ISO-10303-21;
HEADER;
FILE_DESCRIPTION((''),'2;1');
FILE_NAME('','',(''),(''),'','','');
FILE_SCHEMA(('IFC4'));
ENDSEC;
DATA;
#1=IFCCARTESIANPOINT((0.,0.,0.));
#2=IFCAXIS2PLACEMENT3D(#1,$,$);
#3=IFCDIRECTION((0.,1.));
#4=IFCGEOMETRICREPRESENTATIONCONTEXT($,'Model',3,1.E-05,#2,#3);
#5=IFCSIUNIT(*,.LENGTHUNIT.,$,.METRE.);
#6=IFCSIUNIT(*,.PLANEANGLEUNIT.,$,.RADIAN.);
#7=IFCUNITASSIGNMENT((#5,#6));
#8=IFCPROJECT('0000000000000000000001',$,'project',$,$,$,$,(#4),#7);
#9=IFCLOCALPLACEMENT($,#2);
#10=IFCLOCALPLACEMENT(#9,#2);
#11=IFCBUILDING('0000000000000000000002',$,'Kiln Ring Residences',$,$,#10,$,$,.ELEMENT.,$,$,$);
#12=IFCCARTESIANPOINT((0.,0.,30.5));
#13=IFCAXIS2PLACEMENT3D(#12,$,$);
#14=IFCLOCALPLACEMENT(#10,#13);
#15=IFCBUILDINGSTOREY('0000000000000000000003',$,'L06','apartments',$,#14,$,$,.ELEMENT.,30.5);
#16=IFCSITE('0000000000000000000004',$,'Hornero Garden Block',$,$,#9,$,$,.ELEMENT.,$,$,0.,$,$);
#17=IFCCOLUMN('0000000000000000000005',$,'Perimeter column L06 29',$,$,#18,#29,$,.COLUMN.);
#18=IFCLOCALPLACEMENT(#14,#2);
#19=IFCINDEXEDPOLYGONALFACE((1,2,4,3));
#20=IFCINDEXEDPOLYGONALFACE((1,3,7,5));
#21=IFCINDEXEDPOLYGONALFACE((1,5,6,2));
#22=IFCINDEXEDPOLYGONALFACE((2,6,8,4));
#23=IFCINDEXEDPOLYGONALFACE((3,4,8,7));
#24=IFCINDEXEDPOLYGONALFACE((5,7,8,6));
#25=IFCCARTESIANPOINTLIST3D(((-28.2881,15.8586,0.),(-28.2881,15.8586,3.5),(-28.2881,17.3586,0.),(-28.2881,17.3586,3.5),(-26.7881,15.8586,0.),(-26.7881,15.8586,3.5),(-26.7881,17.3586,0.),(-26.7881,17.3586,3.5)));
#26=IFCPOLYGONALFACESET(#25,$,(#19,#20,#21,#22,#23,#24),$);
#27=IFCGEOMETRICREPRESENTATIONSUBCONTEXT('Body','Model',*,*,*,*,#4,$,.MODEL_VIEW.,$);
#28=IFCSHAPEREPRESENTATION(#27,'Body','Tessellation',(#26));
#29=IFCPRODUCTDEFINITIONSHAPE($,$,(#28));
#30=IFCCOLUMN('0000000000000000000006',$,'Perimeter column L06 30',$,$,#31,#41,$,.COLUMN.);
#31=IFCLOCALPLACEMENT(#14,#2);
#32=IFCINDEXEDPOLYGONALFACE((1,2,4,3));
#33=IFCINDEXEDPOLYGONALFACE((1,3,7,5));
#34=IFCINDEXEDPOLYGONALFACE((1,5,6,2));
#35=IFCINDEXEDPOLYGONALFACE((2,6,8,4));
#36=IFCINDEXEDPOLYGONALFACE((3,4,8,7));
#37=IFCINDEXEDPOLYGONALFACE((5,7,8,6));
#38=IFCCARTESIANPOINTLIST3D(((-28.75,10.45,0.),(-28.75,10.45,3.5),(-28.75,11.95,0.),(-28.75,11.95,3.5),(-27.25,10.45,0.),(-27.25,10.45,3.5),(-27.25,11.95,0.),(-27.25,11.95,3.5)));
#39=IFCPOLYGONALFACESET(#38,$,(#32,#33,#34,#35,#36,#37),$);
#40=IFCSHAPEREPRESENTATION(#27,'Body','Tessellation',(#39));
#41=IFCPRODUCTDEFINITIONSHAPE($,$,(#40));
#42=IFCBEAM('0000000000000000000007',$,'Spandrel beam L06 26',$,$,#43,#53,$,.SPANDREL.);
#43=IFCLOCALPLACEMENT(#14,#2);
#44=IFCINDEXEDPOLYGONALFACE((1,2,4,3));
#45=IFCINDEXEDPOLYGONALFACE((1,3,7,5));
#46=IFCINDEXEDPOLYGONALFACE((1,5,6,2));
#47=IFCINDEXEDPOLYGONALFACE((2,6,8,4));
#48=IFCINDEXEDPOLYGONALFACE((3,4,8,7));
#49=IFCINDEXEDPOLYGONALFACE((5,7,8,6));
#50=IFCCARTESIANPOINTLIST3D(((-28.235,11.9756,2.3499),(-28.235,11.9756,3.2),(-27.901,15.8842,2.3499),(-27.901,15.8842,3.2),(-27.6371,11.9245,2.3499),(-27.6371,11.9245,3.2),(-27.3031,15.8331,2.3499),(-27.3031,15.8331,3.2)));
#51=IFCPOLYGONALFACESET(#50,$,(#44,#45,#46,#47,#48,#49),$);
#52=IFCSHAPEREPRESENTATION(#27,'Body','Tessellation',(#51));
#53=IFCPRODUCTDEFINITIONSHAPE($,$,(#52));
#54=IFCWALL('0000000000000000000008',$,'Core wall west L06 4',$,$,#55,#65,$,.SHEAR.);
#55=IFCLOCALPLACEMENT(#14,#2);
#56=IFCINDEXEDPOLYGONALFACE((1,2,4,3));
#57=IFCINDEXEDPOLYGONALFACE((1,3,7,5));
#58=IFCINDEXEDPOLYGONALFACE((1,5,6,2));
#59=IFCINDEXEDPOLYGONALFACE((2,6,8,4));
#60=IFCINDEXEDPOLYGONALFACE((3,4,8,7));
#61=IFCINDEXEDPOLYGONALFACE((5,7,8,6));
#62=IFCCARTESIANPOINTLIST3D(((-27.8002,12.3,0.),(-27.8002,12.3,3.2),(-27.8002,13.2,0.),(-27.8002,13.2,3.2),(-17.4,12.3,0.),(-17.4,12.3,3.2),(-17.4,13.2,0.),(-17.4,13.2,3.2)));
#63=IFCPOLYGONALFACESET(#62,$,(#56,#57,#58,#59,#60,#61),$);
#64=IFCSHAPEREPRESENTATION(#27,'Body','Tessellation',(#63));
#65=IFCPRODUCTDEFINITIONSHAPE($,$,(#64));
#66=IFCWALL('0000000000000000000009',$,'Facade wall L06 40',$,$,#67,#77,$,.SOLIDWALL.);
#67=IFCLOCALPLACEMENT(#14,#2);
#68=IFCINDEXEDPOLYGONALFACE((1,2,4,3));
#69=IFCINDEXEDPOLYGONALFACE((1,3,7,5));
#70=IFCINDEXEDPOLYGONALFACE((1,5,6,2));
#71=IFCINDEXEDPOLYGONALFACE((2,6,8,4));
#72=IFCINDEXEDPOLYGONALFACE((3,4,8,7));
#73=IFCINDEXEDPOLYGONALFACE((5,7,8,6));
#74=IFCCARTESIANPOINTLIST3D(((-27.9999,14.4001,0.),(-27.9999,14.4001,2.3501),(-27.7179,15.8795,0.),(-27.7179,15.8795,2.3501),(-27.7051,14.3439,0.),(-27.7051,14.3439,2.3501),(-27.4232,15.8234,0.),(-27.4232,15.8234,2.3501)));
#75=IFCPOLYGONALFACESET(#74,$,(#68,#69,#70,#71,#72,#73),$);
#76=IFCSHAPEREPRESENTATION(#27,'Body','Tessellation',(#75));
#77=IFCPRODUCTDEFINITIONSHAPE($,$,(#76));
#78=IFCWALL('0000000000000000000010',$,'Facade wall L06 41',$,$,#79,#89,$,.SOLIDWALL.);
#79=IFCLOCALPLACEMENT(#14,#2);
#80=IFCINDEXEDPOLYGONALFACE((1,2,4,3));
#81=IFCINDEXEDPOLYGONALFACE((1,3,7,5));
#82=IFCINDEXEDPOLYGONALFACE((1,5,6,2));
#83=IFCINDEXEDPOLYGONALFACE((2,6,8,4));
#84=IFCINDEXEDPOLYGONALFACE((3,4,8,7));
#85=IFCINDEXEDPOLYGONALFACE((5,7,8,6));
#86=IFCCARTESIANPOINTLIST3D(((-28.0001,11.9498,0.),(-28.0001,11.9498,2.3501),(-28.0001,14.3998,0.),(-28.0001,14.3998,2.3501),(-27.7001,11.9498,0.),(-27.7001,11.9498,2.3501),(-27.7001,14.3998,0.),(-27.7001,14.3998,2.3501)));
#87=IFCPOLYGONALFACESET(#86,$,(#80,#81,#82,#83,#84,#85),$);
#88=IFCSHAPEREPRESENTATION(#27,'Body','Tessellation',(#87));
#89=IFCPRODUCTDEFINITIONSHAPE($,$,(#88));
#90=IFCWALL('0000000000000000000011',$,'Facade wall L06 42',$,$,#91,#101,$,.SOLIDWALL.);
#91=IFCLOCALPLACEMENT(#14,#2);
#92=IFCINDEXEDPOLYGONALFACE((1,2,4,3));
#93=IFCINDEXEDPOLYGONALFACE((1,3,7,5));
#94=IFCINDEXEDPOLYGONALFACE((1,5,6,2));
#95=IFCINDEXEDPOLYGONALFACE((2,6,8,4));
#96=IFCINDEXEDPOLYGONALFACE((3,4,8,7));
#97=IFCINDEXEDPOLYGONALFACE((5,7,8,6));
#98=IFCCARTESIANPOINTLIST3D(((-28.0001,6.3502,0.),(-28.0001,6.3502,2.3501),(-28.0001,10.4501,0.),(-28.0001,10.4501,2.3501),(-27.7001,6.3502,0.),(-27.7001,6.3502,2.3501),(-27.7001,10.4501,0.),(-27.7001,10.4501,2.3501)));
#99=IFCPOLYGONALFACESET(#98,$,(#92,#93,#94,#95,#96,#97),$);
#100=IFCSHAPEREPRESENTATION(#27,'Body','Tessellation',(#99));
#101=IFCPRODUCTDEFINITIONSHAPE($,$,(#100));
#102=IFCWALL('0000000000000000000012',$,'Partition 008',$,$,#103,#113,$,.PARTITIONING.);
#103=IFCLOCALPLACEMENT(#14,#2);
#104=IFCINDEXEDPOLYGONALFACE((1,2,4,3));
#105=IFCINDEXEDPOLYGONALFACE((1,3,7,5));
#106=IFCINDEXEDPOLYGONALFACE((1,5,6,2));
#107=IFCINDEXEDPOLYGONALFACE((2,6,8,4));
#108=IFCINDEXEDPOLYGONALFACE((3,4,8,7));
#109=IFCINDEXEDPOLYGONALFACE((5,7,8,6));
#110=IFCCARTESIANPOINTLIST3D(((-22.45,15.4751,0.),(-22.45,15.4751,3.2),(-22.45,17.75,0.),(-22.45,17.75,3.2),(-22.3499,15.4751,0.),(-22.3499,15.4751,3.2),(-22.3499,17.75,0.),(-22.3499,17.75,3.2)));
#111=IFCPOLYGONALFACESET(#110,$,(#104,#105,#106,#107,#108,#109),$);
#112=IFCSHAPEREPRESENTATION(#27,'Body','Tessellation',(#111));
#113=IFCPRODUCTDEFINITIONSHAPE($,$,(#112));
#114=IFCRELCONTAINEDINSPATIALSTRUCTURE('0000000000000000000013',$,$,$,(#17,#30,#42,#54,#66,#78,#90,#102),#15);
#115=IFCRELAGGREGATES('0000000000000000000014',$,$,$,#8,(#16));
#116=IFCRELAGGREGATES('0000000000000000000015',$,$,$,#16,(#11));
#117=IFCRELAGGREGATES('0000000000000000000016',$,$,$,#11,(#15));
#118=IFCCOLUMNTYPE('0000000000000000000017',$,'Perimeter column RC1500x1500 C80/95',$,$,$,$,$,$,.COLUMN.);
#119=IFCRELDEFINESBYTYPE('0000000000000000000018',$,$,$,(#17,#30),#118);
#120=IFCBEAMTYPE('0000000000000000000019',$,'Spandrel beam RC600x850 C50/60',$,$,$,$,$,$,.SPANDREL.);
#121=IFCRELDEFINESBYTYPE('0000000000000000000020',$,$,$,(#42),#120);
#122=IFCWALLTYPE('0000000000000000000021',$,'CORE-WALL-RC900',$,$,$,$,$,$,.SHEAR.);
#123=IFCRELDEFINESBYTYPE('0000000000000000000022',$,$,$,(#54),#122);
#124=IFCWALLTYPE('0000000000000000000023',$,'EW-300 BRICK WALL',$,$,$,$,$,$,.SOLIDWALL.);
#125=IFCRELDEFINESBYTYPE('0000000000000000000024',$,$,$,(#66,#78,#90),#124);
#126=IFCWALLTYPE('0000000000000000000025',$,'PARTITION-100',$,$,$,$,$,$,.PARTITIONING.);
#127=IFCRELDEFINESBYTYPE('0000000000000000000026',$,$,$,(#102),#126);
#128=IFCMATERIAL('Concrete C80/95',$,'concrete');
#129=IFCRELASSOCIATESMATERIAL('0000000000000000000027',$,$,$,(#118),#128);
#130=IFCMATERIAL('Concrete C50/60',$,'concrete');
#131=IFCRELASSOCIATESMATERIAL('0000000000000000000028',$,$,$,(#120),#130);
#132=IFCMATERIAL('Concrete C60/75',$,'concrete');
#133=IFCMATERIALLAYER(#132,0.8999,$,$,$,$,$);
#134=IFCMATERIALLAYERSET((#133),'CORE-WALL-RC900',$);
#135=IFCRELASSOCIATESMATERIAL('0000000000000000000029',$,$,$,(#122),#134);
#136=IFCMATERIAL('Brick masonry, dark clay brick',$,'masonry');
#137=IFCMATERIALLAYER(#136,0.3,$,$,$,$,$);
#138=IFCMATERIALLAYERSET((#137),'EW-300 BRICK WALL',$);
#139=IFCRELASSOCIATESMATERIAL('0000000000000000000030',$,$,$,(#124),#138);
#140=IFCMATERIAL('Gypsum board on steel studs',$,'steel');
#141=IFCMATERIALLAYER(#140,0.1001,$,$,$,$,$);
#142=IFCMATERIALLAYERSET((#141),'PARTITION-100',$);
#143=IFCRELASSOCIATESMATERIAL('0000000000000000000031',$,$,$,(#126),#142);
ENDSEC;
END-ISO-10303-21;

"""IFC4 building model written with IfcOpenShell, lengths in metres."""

from ifc_helpers import new_model, si_unit, direction, frame, frame_2d, origin, origin_2d, place, context, subcontext, project, spatial, rectangle, extrude, material, layer, layer_set, material_profile, profile_set, type_object, element, save


model = new_model("IFC4")

# Units and contexts
model_context = context("Model", 3, precision=1e-05, world=origin(), true_north=direction((0.0, 1.0)))
body_context = subcontext(model_context, "Body", "Model", "MODEL_VIEW")
ifc_project = project(units=[si_unit("LENGTHUNIT", "METRE"), si_unit("PLANEANGLEUNIT", "RADIAN")], contexts=[model_context])

# Site, building, storey
site_placement = place(None, origin())
site = spatial("IfcSite", under=ifc_project, at=site_placement, Name="Hornero Garden Block", CompositionType="ELEMENT", RefElevation=0.0)
building_placement = place(site_placement, origin())
building = spatial("IfcBuilding", under=site, at=building_placement, Name="Kiln Ring Residences", CompositionType="ELEMENT")
storey_placement = place(building_placement, frame((0.0, 0.0, 30.5)))
storey = spatial("IfcBuildingStorey", under=building, at=storey_placement, Name="L06", Description="apartments", CompositionType="ELEMENT", Elevation=30.5)

# Columns
ifc_material_1 = material(Name="Concrete C80/95", Category="concrete")
ifc_material_profile_1 = material_profile(ifc_material_1, rectangle(XDim=1.5, YDim=1.5, at=origin_2d()), Name="RC1500x1500")
ifc_profile_set_1 = profile_set([ifc_material_profile_1], Name="Concrete C80/95")
column_type = type_object("IfcColumnType", Name="Perimeter column RC1500x1500 C80/95", PredefinedType="COLUMN", material=ifc_profile_set_1)
for number, where, z_axis, x_axis, name in (
    (1, (-27.5381, 16.6086, 0.0), (0.0, 0.0, 1.0), (1.0, 0.0, 0.0), "Perimeter column L06 29"),
    (2, (-28.0, 11.2, 0.0), (0.0, 0.0, 1.0), (1.0, 0.0, 0.0), "Perimeter column L06 30"),
):
    element("IfcColumn", number, at=place(storey_placement, frame(where, z_axis=z_axis, x_axis=x_axis)), inside=storey, type_object=column_type, Name=name, PredefinedType="COLUMN", context=body_context, shape_type="SweptSolid", body=[
        extrude(rectangle(XDim=1.5, YDim=1.5, at=origin_2d()), origin(), (0.0, 0.0, 1.0), 3.5),
    ])

# Beam
ifc_material_2 = material(Name="Concrete C50/60", Category="concrete")
ifc_material_profile_2 = material_profile(ifc_material_2, rectangle(XDim=0.6001, YDim=0.8501, at=origin_2d()), Name="RC600x850")
ifc_profile_set_2 = profile_set([ifc_material_profile_2], Name="Concrete C50/60")
beam_type = type_object("IfcBeamType", Name="Spandrel beam RC600x850 C50/60", PredefinedType="SPANDREL", material=ifc_profile_set_2)
beam_placement = place(storey_placement, frame((-27.6021, 15.8586, 2.7749), z_axis=(-0.085136, -0.996369, 0.0), x_axis=(0.996369, -0.085136, 0.0)))
element("IfcBeam", 3, at=beam_placement, inside=storey, type_object=beam_type, Name="Spandrel beam L06 26", PredefinedType="SPANDREL", context=body_context, shape_type="SweptSolid", body=[
    extrude(rectangle(XDim=0.6001, YDim=0.8501, at=origin_2d()), origin(), (0.0, 0.0, 1.0), 3.9229),
])

# Walls
ifc_material_3 = material(Name="Concrete C60/75", Category="concrete")
ifc_layer_1 = layer(ifc_material_3, 0.8999)
ifc_layer_set_1 = layer_set([ifc_layer_1], Name="CORE-WALL-RC900")
wall_type_1 = type_object("IfcWallType", Name="CORE-WALL-RC900", PredefinedType="SHEAR", material=ifc_layer_set_1)
wall_1_placement = place(storey_placement, frame((-17.3999, 12.75, 0.0), z_axis=(0.0, 0.0, 1.0), x_axis=(-1.0, 0.0, 0.0)))
element("IfcWall", 4, at=wall_1_placement, inside=storey, type_object=wall_type_1, Name="Core wall west L06 4", PredefinedType="SHEAR", context=body_context, shape_type="SweptSolid", body=[
    extrude(rectangle(XDim=10.4001, YDim=0.8999, at=frame_2d((5.2002, 0.0))), origin(), (0.0, 0.0, 1.0), 3.2),
])
ifc_material_4 = material(Name="Brick masonry, dark clay brick", Category="masonry")
ifc_layer_2 = layer(ifc_material_4, 0.3)
ifc_layer_set_2 = layer_set([ifc_layer_2], Name="EW-300 BRICK WALL")
wall_type_2 = type_object("IfcWallType", Name="EW-300 BRICK WALL", PredefinedType="SOLIDWALL", material=ifc_layer_set_2)
wall_2_placement = place(storey_placement, frame((-27.5706, 15.8513, 0.0), z_axis=(0.0, 0.0, 1.0), x_axis=(-0.187224, -0.982317, 0.0)))
element("IfcWall", 5, at=wall_2_placement, inside=storey, type_object=wall_type_2, Name="Facade wall L06 40", PredefinedType="SOLIDWALL", context=body_context, shape_type="SweptSolid", body=[
    extrude(rectangle(XDim=1.5061, YDim=0.3, at=frame_2d((0.7529, 0.0))), origin(), (0.0, 0.0, 1.0), 2.3501),
])
wall_3_placement = place(storey_placement, frame((-27.8501, 14.3999, 0.0), z_axis=(0.0, 0.0, 1.0), x_axis=(0.0, -1.0, 0.0)))
element("IfcWall", 6, at=wall_3_placement, inside=storey, type_object=wall_type_2, Name="Facade wall L06 41", PredefinedType="SOLIDWALL", context=body_context, shape_type="SweptSolid", body=[
    extrude(rectangle(XDim=2.45, YDim=0.3, at=frame_2d((1.2251, 0.0))), origin(), (0.0, 0.0, 1.0), 2.3501),
])
wall_4_placement = place(storey_placement, frame((-27.8501, 10.45, 0.0), z_axis=(0.0, 0.0, 1.0), x_axis=(0.0, -1.0, 0.0)))
element("IfcWall", 7, at=wall_4_placement, inside=storey, type_object=wall_type_2, Name="Facade wall L06 42", PredefinedType="SOLIDWALL", context=body_context, shape_type="SweptSolid", body=[
    extrude(rectangle(XDim=4.0999, YDim=0.3, at=frame_2d((2.0498, 0.0))), origin(), (0.0, 0.0, 1.0), 2.3501),
])
ifc_material_5 = material(Name="Gypsum board on steel studs", Category="steel")
ifc_layer_3 = layer(ifc_material_5, 0.1001)
ifc_layer_set_3 = layer_set([ifc_layer_3], Name="PARTITION-100")
wall_type_3 = type_object("IfcWallType", Name="PARTITION-100", PredefinedType="PARTITIONING", material=ifc_layer_set_3)
wall_5_placement = place(storey_placement, frame((-22.3999, 15.4751, 0.0), z_axis=(0.0, 0.0, 1.0), x_axis=(0.0, 1.0, 0.0)))
element("IfcWall", 8, at=wall_5_placement, inside=storey, type_object=wall_type_3, Name="Partition 008", PredefinedType="PARTITIONING", context=body_context, shape_type="SweptSolid", body=[
    extrude(rectangle(XDim=2.2749, YDim=0.1001, at=frame_2d((1.1375, 0.0))), origin(), (0.0, 0.0, 1.0), 3.2),
])

save(model, "model.ifc")
